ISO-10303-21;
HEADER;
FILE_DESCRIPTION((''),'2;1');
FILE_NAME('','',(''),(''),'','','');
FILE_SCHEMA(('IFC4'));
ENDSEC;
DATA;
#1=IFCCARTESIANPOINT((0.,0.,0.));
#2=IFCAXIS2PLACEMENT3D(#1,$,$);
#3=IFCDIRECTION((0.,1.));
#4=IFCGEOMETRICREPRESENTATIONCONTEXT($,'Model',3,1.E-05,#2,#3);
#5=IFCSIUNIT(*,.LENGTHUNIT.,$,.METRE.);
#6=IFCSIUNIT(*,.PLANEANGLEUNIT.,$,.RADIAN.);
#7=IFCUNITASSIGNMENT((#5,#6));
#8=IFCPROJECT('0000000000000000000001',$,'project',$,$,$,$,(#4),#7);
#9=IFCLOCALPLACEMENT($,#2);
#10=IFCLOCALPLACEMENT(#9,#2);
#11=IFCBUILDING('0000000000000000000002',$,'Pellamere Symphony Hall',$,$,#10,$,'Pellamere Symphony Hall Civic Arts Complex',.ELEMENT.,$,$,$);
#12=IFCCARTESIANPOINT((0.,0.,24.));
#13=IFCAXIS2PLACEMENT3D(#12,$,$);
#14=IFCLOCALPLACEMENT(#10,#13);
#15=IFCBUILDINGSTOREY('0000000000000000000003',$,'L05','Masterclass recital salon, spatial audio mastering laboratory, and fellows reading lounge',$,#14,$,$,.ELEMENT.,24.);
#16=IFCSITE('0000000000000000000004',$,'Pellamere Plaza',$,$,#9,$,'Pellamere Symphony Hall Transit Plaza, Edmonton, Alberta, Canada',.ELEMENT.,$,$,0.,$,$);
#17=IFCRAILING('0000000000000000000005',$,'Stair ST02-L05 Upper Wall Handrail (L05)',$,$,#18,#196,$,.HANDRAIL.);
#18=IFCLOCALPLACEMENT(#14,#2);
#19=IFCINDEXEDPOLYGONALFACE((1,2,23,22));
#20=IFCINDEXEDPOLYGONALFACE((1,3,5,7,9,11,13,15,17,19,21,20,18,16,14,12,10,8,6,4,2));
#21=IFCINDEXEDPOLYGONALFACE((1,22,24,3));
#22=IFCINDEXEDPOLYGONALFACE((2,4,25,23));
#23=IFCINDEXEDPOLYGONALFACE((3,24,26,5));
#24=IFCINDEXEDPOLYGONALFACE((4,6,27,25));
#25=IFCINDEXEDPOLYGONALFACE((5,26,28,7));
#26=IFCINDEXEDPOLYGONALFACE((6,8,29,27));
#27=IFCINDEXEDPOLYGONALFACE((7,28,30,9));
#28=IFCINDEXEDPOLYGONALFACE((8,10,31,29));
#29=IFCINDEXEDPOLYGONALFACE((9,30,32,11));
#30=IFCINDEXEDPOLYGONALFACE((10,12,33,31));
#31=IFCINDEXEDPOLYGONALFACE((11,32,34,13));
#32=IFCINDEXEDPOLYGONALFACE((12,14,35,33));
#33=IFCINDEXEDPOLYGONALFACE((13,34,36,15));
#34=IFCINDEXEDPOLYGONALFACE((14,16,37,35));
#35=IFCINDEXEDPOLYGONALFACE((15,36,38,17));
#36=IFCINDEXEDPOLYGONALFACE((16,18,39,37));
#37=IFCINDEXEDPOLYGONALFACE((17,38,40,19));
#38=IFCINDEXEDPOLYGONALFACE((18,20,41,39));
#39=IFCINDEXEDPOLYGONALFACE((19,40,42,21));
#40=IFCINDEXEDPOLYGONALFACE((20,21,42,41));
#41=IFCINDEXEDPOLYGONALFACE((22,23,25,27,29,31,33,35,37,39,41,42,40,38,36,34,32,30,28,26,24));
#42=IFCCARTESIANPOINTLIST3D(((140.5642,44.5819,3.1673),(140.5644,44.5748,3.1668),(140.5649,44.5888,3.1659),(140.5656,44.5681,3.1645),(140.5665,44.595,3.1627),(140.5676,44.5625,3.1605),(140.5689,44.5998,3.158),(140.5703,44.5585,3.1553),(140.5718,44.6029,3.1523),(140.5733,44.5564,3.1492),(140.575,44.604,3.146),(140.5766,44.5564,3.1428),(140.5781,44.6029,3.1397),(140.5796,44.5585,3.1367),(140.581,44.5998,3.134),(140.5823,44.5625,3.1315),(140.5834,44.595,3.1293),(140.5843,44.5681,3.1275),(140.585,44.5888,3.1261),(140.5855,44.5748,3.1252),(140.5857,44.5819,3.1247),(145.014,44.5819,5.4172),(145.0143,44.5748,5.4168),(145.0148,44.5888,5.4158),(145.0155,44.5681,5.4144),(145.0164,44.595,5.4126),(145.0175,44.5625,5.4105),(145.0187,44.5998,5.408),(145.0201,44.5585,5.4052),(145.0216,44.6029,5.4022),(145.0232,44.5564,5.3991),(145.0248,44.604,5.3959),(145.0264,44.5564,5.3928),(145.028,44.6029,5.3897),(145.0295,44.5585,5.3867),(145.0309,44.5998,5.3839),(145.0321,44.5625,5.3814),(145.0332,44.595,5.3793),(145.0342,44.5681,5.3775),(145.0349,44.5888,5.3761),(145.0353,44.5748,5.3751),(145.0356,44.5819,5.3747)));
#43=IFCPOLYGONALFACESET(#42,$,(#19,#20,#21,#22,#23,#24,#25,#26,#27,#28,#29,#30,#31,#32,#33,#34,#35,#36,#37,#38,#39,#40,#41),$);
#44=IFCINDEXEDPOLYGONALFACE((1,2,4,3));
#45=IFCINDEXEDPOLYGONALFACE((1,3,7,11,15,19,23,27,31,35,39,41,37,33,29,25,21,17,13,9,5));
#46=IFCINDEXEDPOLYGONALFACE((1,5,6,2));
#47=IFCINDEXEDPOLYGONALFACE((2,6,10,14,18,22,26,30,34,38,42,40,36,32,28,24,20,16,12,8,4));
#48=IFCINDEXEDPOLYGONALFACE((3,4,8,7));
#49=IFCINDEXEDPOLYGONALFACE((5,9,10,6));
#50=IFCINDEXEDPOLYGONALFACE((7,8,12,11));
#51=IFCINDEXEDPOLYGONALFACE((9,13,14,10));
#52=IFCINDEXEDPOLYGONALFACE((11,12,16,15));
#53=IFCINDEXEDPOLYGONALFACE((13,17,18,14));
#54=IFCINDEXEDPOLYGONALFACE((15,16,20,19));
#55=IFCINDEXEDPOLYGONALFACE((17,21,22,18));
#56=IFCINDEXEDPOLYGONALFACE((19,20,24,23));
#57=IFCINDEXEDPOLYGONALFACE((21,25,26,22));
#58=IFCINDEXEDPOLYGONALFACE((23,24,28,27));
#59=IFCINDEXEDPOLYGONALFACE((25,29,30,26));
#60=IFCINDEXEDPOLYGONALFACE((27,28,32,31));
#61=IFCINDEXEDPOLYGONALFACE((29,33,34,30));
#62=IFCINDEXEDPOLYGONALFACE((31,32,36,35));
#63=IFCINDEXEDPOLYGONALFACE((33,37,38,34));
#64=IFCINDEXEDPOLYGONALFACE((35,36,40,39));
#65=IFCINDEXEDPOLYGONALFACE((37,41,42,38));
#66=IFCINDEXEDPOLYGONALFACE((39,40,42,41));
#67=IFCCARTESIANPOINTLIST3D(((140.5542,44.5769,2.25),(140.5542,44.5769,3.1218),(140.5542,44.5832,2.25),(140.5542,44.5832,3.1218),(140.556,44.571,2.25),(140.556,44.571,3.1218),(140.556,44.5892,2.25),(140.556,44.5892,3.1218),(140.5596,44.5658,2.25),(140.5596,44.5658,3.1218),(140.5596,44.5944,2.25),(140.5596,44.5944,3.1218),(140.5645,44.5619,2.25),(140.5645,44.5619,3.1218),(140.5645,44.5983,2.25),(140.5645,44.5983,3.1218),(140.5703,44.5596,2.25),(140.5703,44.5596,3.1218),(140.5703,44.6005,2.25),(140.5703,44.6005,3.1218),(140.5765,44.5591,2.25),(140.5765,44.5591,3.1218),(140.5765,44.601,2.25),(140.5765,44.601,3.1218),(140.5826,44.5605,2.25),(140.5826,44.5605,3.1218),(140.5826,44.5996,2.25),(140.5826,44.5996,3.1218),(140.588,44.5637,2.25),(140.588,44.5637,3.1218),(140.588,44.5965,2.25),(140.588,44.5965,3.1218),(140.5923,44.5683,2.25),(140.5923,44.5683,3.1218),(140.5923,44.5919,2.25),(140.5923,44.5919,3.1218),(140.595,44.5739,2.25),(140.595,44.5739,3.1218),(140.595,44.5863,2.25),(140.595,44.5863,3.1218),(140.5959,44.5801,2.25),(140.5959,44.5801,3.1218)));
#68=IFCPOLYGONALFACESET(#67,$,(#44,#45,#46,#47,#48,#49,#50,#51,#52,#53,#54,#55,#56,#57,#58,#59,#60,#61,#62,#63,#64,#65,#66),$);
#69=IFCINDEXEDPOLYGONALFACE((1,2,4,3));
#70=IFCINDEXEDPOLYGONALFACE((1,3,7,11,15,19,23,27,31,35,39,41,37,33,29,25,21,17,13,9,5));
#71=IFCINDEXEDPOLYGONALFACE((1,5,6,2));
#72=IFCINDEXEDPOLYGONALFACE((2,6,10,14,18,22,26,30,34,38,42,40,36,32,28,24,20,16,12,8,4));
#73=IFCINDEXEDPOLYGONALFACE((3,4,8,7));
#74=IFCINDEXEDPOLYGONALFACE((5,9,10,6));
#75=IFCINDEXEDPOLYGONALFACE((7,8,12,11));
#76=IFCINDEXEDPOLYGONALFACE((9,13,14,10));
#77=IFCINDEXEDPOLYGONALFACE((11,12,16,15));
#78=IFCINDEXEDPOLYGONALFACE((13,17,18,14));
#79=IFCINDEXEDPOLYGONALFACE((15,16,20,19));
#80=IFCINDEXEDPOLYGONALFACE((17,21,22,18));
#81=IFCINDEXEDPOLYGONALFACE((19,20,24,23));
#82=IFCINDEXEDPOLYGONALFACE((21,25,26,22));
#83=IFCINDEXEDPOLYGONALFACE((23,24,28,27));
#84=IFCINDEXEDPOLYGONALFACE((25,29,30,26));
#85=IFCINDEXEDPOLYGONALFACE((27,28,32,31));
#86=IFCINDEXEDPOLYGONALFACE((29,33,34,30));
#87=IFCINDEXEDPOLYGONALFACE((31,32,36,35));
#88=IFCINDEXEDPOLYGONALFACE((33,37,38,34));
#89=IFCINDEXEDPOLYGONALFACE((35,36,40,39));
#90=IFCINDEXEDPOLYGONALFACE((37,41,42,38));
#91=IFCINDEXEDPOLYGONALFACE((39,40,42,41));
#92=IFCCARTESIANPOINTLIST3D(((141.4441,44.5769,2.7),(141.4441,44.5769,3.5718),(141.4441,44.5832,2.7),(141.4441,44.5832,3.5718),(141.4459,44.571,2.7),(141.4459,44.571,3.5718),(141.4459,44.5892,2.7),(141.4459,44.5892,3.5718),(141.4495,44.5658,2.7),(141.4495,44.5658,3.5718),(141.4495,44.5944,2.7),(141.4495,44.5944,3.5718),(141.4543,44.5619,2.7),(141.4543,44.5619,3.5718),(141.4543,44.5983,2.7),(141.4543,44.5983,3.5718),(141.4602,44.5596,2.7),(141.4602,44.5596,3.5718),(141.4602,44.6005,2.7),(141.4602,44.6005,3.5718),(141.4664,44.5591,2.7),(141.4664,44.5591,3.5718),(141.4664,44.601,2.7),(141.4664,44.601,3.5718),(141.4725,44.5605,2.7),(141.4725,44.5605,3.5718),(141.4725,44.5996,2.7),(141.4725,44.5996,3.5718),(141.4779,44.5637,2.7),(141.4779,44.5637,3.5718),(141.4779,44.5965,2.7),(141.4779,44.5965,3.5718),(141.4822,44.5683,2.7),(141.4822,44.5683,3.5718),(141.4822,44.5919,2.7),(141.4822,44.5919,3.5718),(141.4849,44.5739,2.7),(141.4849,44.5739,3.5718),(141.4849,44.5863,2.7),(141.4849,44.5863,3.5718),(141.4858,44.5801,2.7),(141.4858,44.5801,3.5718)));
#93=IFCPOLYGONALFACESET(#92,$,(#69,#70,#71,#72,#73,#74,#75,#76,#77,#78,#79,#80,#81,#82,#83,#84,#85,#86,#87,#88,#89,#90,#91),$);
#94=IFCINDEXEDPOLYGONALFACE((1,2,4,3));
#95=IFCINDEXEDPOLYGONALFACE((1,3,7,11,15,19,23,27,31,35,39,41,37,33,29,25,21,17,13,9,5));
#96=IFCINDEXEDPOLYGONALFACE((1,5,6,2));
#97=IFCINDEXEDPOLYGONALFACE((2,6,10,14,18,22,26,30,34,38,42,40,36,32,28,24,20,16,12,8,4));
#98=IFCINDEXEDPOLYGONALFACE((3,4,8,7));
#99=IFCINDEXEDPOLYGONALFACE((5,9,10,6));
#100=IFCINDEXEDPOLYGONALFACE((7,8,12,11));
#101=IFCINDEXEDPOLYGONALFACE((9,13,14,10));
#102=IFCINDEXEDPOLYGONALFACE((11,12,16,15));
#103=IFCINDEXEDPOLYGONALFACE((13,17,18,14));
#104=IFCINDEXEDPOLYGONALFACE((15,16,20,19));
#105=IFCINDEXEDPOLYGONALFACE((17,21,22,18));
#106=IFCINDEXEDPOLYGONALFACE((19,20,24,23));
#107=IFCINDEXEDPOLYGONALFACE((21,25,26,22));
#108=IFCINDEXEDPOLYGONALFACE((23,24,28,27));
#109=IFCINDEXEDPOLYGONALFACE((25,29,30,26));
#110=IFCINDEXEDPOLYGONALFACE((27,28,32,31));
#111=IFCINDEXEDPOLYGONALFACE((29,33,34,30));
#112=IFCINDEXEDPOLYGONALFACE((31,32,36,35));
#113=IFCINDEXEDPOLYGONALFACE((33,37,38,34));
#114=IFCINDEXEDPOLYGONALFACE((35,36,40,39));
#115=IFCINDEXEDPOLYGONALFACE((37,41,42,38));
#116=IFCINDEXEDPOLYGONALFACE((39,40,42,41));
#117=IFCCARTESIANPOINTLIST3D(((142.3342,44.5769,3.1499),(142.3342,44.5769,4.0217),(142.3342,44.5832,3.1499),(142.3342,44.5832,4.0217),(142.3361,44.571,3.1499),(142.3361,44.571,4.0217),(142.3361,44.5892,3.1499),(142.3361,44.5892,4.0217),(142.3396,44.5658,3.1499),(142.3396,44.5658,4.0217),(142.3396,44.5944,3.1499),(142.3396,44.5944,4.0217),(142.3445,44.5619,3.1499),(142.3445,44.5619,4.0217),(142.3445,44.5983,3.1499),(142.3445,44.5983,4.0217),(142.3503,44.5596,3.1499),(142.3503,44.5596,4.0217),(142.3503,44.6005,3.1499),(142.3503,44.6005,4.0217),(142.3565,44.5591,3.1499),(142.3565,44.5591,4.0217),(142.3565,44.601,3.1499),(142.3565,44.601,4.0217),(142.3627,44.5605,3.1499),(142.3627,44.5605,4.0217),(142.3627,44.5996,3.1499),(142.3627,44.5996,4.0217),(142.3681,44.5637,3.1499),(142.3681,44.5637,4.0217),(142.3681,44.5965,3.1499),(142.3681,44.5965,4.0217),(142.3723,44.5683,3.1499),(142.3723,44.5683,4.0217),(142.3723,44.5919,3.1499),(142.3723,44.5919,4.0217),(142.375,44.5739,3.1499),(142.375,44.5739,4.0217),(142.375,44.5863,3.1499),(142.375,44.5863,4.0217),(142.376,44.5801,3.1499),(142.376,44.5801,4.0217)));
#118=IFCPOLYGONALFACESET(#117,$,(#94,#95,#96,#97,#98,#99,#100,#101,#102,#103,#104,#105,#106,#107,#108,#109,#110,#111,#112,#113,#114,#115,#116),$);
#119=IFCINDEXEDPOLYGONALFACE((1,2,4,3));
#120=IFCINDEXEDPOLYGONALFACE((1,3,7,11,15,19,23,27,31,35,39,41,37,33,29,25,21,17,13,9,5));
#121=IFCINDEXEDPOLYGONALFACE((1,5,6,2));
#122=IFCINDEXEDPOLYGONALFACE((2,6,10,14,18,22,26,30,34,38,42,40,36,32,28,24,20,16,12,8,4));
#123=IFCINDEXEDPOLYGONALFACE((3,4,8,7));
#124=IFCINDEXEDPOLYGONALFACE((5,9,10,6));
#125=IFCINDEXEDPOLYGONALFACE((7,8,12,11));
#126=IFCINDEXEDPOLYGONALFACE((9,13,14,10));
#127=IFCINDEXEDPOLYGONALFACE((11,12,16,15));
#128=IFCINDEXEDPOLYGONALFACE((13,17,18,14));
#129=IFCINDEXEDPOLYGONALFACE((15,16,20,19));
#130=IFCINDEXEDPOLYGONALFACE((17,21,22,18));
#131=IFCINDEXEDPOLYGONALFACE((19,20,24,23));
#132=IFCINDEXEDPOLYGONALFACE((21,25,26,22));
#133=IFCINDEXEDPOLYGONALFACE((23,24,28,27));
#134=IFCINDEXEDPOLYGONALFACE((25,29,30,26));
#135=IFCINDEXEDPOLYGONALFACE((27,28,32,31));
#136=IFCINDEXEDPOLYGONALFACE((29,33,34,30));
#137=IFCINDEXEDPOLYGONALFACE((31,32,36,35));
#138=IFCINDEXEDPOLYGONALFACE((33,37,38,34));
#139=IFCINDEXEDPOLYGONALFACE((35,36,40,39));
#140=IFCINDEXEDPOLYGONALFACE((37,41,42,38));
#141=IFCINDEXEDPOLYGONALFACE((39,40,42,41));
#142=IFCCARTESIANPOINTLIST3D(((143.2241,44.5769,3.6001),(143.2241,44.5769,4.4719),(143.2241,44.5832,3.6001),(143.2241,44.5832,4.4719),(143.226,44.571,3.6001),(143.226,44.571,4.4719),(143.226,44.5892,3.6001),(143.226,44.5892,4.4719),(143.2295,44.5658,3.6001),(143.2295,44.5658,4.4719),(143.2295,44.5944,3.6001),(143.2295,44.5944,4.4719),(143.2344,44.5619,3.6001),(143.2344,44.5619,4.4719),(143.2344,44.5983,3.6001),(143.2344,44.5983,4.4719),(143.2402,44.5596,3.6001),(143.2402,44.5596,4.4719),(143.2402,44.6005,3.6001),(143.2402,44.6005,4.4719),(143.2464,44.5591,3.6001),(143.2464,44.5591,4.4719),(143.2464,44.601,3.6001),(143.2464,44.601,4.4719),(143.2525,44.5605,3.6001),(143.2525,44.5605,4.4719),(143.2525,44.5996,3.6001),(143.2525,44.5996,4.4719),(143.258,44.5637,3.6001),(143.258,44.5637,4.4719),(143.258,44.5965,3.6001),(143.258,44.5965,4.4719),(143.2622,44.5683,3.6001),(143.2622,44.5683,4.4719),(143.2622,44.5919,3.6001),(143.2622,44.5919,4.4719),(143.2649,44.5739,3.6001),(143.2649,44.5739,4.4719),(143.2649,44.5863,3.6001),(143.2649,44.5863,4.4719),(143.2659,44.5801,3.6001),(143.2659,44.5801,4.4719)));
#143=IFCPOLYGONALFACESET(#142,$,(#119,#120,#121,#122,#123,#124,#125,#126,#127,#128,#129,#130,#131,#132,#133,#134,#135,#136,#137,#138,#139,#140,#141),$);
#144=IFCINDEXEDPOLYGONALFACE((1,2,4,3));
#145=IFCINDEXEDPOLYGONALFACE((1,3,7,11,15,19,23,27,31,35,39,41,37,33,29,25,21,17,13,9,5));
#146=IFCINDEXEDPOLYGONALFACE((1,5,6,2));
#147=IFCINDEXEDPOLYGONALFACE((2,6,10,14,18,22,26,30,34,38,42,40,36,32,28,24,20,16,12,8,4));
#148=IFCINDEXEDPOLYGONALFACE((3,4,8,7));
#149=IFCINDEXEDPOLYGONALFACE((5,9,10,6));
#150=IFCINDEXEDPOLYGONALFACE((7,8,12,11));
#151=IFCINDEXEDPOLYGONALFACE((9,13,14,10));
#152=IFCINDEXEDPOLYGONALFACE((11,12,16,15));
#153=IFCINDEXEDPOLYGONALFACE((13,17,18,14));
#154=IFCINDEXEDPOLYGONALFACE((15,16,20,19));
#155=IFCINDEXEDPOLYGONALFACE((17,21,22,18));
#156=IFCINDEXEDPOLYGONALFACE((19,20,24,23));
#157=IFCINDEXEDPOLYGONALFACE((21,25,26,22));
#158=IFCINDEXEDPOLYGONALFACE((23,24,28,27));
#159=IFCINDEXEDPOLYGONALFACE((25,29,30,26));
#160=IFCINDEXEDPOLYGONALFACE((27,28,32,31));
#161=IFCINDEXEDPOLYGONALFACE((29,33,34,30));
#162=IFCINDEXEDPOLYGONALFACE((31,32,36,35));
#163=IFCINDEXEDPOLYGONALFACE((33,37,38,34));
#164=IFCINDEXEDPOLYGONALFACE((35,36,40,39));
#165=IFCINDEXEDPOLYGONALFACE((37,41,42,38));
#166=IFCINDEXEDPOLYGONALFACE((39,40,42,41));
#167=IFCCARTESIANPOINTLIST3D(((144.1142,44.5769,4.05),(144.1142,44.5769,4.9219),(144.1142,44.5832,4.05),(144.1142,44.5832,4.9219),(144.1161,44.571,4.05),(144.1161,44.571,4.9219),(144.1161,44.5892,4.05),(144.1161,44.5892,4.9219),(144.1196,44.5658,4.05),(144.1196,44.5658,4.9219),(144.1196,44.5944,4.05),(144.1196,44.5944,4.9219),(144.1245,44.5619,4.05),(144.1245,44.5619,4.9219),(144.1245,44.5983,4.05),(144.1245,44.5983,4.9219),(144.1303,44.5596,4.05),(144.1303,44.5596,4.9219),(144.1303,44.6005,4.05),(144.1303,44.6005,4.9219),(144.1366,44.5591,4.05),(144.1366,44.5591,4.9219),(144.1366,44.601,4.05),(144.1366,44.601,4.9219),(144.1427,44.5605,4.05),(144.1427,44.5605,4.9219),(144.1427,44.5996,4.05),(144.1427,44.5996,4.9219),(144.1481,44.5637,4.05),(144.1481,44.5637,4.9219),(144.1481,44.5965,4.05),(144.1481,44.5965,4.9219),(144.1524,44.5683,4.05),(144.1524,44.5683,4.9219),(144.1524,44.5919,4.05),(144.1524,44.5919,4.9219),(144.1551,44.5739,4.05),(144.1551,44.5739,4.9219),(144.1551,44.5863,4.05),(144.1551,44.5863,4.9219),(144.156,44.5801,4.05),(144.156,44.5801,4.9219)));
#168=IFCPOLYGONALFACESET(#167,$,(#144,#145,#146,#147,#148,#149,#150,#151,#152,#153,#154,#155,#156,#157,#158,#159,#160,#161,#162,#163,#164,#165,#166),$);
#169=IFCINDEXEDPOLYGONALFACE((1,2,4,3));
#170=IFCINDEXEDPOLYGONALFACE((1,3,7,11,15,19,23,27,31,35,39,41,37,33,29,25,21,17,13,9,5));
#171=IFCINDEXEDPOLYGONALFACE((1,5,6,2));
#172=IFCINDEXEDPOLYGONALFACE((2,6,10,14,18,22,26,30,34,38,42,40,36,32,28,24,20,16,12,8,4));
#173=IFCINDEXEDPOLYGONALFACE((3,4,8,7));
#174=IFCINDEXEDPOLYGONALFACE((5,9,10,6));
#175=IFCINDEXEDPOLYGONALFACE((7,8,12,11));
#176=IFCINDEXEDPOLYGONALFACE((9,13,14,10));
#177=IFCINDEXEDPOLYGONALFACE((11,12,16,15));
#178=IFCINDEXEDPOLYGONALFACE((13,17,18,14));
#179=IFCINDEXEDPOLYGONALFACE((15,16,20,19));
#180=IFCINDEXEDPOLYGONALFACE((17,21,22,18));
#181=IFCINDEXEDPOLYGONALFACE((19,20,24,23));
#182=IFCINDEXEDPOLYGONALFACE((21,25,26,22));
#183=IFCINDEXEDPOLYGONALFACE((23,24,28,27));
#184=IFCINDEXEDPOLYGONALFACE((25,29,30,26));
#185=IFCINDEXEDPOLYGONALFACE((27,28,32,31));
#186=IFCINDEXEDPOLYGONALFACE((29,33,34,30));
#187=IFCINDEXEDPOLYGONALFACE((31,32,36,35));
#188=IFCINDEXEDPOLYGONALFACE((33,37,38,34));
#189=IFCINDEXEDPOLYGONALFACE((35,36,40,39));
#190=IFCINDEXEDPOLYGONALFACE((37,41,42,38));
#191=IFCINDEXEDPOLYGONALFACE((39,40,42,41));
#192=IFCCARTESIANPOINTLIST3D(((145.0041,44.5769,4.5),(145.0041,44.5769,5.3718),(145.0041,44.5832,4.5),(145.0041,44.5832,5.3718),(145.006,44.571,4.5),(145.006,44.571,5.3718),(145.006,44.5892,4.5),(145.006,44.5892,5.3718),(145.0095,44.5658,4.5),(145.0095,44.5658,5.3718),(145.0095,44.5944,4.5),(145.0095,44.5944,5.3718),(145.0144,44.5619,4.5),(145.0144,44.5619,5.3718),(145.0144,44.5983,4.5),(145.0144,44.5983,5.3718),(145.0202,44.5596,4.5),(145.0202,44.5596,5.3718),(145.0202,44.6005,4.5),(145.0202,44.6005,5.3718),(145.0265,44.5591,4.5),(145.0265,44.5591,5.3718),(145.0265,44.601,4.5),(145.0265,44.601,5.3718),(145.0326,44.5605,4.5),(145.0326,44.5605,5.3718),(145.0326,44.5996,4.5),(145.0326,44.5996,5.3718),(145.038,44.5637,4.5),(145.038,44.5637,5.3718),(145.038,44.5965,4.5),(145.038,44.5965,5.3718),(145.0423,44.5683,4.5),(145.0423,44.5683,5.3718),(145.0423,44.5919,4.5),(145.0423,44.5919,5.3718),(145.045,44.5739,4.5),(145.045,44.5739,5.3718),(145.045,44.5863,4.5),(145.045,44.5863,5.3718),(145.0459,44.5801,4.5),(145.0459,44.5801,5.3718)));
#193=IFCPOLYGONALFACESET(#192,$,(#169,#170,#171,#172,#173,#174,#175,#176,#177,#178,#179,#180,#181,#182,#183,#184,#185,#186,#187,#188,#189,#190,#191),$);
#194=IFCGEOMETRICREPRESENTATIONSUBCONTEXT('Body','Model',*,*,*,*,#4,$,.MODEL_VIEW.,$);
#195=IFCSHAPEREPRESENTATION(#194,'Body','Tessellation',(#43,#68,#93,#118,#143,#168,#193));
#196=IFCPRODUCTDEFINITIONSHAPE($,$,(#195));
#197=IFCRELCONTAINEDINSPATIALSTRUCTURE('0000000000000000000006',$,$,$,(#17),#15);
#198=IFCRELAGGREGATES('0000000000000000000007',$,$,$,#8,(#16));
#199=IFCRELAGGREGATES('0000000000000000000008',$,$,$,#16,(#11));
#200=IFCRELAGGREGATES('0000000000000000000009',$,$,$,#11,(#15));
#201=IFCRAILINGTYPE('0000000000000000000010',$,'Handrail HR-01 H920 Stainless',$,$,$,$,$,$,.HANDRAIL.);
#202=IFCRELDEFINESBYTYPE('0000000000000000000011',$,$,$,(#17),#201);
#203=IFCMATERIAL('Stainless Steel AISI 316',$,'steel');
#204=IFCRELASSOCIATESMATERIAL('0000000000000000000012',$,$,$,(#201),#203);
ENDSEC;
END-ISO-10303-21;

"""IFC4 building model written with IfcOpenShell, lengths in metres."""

from ifc_helpers import new_model, si_unit, direction, frame, origin, origin_2d, place, context, subcontext, project, spatial, circle, extrude, material, type_object, element, save


model = new_model("IFC4")

# Units and contexts
model_context = context("Model", 3, precision=1e-05, world=origin(), true_north=direction((0.0, 1.0)))
body_context = subcontext(model_context, "Body", "Model", "MODEL_VIEW")
ifc_project = project(units=[si_unit("LENGTHUNIT", "METRE"), si_unit("PLANEANGLEUNIT", "RADIAN")], contexts=[model_context])

# Site, building, storey
site_placement = place(None, origin())
site = spatial("IfcSite", under=ifc_project, at=site_placement, Name="Pellamere Plaza", LongName="Pellamere Symphony Hall Transit Plaza, Edmonton, Alberta, Canada", CompositionType="ELEMENT", RefElevation=0.0)
building_placement = place(site_placement, origin())
building = spatial("IfcBuilding", under=site, at=building_placement, Name="Pellamere Symphony Hall", LongName="Pellamere Symphony Hall Civic Arts Complex", CompositionType="ELEMENT")
storey_placement = place(building_placement, frame((0.0, 0.0, 24.0)))
storey = spatial("IfcBuildingStorey", under=building, at=storey_placement, Name="L05", Description="Masterclass recital salon, spatial audio mastering laboratory, and fellows reading lounge", CompositionType="ELEMENT", Elevation=24.0)

# Railing
ifc_material_1 = material(Name="Stainless Steel AISI 316", Category="steel")
railing_type_1 = type_object("IfcRailingType", Name="Handrail HR-01 H920 Stainless", PredefinedType="HANDRAIL", material=ifc_material_1)
railing_1_placement = place(storey_placement, frame((140.575, 44.5801, 2.25)))
element("IfcRailing", 1, at=railing_1_placement, inside=storey, type_object=railing_type_1, Name="Stair ST02-L05 Upper Wall Handrail (L05)", PredefinedType="HANDRAIL", context=body_context, shape_type="SweptSolid", body=[
    extrude(circle(Radius=0.0239, at=origin_2d()), frame((0.0, 0.0, 0.896), z_axis=(0.892411, 0.0, 0.451224), x_axis=(0.0, 1.0, 0.0)), (0.0, 0.0, 1.0), 4.9863),
    extrude(circle(Radius=0.021, at=origin_2d()), origin(), (0.0, 0.0, 1.0), 0.8718),
    extrude(circle(Radius=0.021, at=origin_2d()), frame((0.8899, 0.0, 0.45)), (0.0, 0.0, 1.0), 0.8718),
    extrude(circle(Radius=0.021, at=origin_2d()), frame((1.78, 0.0, 0.8999)), (0.0, 0.0, 1.0), 0.8718),
    extrude(circle(Radius=0.021, at=origin_2d()), frame((2.6699, 0.0, 1.3501)), (0.0, 0.0, 1.0), 0.8718),
    extrude(circle(Radius=0.021, at=origin_2d()), frame((3.5601, 0.0, 1.8)), (0.0, 0.0, 1.0), 0.8718),
    extrude(circle(Radius=0.021, at=origin_2d()), frame((4.45, 0.0, 2.25)), (0.0, 0.0, 1.0), 0.8718),
])

save(model, "model.ifc")
